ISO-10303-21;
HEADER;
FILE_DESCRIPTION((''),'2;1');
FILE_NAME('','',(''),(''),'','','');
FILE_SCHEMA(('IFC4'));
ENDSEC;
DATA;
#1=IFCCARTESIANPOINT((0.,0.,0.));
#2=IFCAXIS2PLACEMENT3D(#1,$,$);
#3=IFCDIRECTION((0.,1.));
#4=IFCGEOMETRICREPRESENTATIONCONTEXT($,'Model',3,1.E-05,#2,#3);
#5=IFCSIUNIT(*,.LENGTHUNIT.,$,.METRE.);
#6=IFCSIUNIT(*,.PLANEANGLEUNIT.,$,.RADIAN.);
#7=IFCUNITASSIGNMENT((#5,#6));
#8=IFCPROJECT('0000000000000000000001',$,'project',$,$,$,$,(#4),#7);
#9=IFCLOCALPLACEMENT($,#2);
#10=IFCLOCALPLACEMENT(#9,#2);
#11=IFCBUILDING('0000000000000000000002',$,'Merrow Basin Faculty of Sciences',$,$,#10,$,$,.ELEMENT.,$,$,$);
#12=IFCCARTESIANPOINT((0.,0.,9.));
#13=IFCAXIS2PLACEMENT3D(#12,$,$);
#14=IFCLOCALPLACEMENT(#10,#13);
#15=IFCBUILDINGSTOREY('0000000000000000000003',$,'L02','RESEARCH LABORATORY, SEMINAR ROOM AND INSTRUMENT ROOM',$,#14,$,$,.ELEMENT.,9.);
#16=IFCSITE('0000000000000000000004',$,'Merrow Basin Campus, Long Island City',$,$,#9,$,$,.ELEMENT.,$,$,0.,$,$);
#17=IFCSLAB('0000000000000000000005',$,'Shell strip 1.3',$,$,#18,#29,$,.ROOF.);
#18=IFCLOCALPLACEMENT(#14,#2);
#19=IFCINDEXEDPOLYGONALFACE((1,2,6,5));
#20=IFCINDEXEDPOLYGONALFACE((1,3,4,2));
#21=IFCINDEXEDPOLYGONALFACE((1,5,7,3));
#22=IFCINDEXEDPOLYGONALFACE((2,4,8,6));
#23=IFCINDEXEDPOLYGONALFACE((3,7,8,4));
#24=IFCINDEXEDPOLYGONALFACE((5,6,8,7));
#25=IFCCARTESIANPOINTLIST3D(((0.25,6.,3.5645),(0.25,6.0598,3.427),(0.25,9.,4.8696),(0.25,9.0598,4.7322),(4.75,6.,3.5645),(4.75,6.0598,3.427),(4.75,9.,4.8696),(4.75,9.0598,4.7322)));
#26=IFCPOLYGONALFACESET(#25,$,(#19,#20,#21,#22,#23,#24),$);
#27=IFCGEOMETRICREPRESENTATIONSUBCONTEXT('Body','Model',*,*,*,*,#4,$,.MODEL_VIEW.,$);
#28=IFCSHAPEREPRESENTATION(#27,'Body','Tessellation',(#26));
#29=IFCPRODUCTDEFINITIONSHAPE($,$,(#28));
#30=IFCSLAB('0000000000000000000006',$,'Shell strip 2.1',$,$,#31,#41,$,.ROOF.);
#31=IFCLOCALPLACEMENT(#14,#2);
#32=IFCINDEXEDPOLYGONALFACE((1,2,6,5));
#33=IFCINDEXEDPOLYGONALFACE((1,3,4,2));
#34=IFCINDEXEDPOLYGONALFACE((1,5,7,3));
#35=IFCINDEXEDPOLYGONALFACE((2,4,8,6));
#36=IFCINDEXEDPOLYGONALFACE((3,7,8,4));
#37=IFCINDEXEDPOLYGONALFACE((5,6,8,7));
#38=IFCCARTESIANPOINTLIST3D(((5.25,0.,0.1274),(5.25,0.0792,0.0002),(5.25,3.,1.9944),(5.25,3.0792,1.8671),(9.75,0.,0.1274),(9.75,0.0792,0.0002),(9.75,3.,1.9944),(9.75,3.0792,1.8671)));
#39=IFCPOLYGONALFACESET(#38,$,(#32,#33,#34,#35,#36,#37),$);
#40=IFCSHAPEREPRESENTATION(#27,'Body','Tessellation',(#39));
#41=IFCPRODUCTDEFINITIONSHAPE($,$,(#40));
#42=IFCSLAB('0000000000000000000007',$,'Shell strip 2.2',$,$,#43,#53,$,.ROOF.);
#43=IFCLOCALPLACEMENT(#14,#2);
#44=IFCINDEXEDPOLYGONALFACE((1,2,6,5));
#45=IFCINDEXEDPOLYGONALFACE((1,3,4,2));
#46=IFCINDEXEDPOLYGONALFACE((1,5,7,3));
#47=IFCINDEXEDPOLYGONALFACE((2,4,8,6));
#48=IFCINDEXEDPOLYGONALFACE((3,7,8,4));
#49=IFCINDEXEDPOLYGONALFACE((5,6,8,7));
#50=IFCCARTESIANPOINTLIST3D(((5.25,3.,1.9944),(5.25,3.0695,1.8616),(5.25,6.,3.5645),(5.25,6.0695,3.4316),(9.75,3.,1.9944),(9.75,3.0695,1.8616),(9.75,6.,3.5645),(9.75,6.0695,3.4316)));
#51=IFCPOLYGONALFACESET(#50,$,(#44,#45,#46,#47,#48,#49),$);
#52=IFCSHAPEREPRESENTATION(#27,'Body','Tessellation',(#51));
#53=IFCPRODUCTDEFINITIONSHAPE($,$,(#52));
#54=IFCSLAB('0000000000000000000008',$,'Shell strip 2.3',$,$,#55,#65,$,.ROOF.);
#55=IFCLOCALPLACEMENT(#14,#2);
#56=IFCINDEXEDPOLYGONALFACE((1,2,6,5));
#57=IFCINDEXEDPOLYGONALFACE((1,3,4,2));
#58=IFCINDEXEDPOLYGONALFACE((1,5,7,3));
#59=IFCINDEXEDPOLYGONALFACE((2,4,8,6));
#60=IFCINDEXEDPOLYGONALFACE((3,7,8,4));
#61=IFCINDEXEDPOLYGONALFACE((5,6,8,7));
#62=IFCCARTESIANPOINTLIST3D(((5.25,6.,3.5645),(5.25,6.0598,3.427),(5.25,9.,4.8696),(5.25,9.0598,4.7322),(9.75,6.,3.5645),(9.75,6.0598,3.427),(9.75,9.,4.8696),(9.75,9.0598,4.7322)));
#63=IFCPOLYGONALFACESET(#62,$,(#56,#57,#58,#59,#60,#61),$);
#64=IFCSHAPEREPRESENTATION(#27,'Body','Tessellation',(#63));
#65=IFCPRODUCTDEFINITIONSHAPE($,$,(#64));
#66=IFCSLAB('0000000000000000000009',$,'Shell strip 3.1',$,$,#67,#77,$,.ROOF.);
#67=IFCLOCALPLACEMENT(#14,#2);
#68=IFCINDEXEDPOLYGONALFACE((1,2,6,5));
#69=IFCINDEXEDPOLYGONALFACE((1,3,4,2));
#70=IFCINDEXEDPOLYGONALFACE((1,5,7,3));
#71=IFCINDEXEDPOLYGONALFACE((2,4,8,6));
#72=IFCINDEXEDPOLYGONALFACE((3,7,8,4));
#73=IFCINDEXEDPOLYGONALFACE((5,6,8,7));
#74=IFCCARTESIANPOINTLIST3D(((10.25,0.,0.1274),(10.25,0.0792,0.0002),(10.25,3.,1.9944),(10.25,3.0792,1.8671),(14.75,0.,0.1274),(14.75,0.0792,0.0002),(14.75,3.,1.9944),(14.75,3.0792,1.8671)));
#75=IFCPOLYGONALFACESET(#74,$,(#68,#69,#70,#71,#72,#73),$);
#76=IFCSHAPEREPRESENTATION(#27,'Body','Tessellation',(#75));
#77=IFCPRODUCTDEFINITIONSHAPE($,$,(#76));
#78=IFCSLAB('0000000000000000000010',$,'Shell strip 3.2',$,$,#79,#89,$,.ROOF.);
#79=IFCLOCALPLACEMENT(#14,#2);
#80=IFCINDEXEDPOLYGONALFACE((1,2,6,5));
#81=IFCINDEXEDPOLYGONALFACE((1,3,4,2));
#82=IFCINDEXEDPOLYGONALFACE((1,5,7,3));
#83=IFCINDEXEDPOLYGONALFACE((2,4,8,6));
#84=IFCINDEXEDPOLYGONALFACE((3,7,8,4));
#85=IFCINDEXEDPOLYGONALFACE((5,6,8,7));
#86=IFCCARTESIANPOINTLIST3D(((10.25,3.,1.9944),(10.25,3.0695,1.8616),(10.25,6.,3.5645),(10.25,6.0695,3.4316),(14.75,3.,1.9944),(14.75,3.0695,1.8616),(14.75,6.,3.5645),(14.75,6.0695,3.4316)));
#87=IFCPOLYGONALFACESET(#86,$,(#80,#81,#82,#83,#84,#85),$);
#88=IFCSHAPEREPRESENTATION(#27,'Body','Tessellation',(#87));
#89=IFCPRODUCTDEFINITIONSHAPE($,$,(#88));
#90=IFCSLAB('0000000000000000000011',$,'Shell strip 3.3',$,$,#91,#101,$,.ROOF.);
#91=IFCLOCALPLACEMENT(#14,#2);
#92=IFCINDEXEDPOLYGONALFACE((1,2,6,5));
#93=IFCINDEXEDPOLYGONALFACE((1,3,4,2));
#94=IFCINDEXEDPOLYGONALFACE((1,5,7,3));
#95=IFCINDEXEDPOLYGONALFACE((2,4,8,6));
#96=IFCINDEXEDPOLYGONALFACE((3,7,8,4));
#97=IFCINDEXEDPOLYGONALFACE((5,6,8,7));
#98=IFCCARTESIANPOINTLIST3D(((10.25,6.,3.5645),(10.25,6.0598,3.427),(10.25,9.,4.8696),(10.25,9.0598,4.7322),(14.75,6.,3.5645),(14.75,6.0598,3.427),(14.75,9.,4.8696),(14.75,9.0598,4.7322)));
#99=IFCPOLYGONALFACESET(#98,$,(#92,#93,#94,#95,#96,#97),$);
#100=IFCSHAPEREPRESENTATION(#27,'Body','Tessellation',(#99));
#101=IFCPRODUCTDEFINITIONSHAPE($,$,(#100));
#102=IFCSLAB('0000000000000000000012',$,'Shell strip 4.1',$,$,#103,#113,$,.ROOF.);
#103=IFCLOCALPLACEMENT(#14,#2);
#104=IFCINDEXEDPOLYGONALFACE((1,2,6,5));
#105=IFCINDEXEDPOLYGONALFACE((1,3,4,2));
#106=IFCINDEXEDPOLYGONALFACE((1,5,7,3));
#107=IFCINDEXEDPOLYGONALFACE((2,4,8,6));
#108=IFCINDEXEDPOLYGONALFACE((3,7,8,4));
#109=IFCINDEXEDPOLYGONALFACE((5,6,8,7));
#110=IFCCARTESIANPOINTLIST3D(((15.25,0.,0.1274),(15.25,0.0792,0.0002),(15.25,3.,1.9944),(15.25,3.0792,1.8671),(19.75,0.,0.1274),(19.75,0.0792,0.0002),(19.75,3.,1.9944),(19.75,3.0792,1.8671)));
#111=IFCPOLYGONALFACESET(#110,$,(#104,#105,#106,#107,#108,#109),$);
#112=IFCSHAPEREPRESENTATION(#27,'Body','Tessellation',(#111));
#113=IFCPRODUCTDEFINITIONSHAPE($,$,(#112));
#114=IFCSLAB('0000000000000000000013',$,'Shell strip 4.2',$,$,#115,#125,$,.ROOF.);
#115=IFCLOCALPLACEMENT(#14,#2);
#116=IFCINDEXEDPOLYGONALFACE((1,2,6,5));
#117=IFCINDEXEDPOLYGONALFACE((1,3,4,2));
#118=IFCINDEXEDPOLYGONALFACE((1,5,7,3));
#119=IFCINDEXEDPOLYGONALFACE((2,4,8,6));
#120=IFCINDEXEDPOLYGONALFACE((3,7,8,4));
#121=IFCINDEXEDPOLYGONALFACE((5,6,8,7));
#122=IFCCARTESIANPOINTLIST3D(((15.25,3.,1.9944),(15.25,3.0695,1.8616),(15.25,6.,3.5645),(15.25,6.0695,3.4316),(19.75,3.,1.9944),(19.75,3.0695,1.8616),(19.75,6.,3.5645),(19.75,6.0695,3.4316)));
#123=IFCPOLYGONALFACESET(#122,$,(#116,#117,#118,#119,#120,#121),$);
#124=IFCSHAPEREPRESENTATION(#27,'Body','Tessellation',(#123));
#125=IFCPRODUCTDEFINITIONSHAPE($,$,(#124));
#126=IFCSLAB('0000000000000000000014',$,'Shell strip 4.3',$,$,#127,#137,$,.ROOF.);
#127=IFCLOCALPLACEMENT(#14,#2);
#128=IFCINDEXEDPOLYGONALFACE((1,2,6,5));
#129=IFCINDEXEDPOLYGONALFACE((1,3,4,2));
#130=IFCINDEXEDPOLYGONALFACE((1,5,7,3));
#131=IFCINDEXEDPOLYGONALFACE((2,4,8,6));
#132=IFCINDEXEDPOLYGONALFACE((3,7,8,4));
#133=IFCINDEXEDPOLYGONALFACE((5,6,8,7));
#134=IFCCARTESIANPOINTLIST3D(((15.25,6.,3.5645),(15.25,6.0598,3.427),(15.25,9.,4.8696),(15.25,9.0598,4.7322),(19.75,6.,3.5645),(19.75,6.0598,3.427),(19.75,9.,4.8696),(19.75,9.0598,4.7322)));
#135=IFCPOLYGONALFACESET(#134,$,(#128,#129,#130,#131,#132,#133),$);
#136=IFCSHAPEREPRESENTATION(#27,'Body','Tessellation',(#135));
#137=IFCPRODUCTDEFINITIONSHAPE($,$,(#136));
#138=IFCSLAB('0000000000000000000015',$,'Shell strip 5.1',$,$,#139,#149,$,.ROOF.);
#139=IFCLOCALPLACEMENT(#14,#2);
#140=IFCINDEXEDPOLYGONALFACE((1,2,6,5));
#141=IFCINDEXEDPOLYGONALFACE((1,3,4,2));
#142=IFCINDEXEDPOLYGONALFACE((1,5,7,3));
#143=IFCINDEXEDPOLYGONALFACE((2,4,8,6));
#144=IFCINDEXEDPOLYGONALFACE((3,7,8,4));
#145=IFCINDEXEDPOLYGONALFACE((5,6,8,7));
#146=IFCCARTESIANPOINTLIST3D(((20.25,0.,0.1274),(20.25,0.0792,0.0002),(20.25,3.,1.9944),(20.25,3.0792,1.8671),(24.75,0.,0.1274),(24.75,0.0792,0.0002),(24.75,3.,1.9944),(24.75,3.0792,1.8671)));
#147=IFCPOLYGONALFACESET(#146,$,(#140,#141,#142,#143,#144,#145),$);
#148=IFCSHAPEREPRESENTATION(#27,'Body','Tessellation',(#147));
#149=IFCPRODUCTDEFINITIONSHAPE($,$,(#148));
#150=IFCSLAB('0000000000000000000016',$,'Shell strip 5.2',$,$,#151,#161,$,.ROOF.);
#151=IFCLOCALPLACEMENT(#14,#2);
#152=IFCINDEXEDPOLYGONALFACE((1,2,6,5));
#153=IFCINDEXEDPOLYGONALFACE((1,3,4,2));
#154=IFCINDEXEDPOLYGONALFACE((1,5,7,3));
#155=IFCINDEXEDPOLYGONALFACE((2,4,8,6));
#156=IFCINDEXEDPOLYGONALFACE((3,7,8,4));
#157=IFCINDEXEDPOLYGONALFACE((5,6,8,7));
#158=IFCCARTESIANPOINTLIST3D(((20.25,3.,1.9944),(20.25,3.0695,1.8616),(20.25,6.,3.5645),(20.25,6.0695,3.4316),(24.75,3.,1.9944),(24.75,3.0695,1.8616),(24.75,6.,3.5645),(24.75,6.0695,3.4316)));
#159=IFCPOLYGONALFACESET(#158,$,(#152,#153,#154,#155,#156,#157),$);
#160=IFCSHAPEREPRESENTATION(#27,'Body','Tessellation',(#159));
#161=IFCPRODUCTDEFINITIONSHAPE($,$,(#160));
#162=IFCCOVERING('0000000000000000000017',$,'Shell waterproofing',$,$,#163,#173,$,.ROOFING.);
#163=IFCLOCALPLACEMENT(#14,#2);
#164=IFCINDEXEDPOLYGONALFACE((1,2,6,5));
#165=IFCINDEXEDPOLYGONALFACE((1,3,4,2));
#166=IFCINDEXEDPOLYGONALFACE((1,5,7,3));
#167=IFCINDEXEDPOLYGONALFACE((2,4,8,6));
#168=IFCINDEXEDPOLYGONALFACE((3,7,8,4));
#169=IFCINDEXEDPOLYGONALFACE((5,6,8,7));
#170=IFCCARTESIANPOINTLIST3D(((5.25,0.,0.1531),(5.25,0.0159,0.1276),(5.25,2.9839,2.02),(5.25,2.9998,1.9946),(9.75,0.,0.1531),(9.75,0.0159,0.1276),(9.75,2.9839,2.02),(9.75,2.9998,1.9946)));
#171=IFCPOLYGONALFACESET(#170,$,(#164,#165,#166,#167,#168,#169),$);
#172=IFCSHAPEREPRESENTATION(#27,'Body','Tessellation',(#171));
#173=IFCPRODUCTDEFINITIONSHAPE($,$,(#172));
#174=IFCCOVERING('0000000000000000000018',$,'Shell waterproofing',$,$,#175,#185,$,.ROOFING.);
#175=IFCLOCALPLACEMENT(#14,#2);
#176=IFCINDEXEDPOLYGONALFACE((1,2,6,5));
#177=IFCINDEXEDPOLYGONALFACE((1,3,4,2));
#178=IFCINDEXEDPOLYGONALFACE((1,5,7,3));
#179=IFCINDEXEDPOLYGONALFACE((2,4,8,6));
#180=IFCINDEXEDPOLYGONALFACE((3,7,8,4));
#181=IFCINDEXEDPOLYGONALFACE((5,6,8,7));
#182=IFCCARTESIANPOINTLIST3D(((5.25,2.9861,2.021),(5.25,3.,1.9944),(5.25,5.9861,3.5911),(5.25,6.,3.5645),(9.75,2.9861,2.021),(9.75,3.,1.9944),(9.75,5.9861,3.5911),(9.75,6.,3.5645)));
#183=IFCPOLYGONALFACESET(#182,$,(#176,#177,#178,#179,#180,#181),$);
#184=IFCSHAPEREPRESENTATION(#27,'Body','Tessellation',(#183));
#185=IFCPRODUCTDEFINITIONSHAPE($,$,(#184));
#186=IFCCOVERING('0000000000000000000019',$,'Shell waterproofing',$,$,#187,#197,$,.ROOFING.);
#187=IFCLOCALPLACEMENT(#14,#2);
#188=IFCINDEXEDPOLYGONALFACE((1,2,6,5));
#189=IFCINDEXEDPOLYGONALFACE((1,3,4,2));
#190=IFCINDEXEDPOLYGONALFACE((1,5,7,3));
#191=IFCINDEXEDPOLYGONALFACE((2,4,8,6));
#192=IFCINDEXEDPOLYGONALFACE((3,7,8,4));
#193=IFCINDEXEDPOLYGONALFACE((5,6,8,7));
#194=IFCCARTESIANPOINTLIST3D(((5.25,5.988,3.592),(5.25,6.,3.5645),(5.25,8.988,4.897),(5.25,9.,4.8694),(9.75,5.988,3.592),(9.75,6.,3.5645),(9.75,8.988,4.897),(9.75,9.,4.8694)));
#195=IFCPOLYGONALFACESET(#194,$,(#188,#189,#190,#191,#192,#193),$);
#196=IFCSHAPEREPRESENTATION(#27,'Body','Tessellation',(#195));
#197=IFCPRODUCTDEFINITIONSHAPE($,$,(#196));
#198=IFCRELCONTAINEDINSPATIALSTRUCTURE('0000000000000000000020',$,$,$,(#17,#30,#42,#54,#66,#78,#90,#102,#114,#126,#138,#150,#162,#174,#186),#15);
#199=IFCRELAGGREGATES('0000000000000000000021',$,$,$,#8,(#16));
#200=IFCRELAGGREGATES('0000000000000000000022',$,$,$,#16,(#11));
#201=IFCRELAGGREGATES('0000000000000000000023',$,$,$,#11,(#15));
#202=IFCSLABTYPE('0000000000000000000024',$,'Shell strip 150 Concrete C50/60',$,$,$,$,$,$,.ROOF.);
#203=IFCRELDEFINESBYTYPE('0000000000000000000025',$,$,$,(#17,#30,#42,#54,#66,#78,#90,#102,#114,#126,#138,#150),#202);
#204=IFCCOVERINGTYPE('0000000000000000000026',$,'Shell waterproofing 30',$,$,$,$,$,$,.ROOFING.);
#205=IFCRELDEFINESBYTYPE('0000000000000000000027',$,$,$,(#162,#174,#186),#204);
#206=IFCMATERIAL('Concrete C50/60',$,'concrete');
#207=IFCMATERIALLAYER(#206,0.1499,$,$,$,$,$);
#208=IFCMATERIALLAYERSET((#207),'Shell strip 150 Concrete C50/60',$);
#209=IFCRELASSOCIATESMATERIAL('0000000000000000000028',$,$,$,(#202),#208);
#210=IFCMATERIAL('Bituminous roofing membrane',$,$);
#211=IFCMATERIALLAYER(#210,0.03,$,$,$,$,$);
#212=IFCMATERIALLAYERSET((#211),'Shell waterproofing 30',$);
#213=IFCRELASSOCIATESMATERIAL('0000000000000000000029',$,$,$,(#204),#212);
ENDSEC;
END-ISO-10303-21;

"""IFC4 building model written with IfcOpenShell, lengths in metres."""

from ifc_helpers import new_model, si_unit, direction, frame, origin, place, context, subcontext, project, spatial, polyline, outline, extrude, material, layer, layer_set, type_object, element, save


model = new_model("IFC4")

# Units and contexts
model_context = context("Model", 3, precision=1e-05, world=origin(), true_north=direction((0.0, 1.0)))
body_context = subcontext(model_context, "Body", "Model", "MODEL_VIEW")
ifc_project = project(units=[si_unit("LENGTHUNIT", "METRE"), si_unit("PLANEANGLEUNIT", "RADIAN")], contexts=[model_context])

# Site, building, storey
site_placement = place(None, origin())
site = spatial("IfcSite", under=ifc_project, at=site_placement, Name="Merrow Basin Campus, Long Island City", CompositionType="ELEMENT", RefElevation=0.0)
building_placement = place(site_placement, origin())
building = spatial("IfcBuilding", under=site, at=building_placement, Name="Merrow Basin Faculty of Sciences", CompositionType="ELEMENT")
storey_placement = place(building_placement, frame((0.0, 0.0, 9.0)))
storey = spatial("IfcBuildingStorey", under=building, at=storey_placement, Name="L02", Description="RESEARCH LABORATORY, SEMINAR ROOM AND INSTRUMENT ROOM", CompositionType="ELEMENT", Elevation=9.0)

# Slabs
ifc_material_1 = material(Name="Concrete C50/60", Category="concrete")
ifc_layer_1 = layer(ifc_material_1, 0.1499)
ifc_layer_set_1 = layer_set([ifc_layer_1], Name="Shell strip 150 Concrete C50/60")
slab_type = type_object("IfcSlabType", Name="Shell strip 150 Concrete C50/60", PredefinedType="ROOF", material=ifc_layer_set_1)
slab_1_placement = place(storey_placement, frame((0.25, 6.0, 3.5645), z_axis=(0.0, -0.398939, 0.916977), x_axis=(1.0, 0.0, 0.0)))
element("IfcSlab", 1, at=slab_1_placement, inside=storey, type_object=slab_type, Name="Shell strip 1.3", PredefinedType="ROOF", context=body_context, shape_type="SweptSolid", body=[
    extrude(outline(polyline([(0.0, 0.0), (4.5, 0.0), (4.5, 3.2716), (0.0, 3.2716), (0.0, 0.0)])), origin(), (0.0, 0.0, -1.0), 0.1499),
])
slab_2_placement = place(storey_placement, frame((5.25, 0.0, 0.1274), z_axis=(0.0, -0.528358, 0.849021), x_axis=(1.0, 0.0, 0.0)))
element("IfcSlab", 2, at=slab_2_placement, inside=storey, type_object=slab_type, Name="Shell strip 2.1", PredefinedType="ROOF", context=body_context, shape_type="SweptSolid", body=[
    extrude(outline(polyline([(0.0, 0.0), (4.5, 0.0), (4.5, 3.5335), (0.0, 3.5335), (0.0, 0.0)])), origin(), (0.0, 0.0, -1.0), 0.1499),
])
slab_3_placement = place(storey_placement, frame((5.25, 3.0, 1.9944), z_axis=(0.0, -0.463692, 0.885997), x_axis=(1.0, 0.0, 0.0)))
element("IfcSlab", 3, at=slab_3_placement, inside=storey, type_object=slab_type, Name="Shell strip 2.2", PredefinedType="ROOF", context=body_context, shape_type="SweptSolid", body=[
    extrude(outline(polyline([(0.0, 0.0), (4.5, 0.0), (4.5, 3.386), (0.0, 3.386), (0.0, 0.0)])), origin(), (0.0, 0.0, -1.0), 0.1499),
])
slab_4_placement = place(storey_placement, frame((5.25, 6.0, 3.5645), z_axis=(0.0, -0.398939, 0.916977), x_axis=(1.0, 0.0, 0.0)))
element("IfcSlab", 4, at=slab_4_placement, inside=storey, type_object=slab_type, Name="Shell strip 2.3", PredefinedType="ROOF", context=body_context, shape_type="SweptSolid", body=[
    extrude(outline(polyline([(0.0, 0.0), (4.5, 0.0), (4.5, 3.2716), (0.0, 3.2716), (0.0, 0.0)])), origin(), (0.0, 0.0, -1.0), 0.1499),
])
slab_5_placement = place(storey_placement, frame((10.25, 0.0, 0.1274), z_axis=(0.0, -0.528358, 0.849021), x_axis=(1.0, 0.0, 0.0)))
element("IfcSlab", 5, at=slab_5_placement, inside=storey, type_object=slab_type, Name="Shell strip 3.1", PredefinedType="ROOF", context=body_context, shape_type="SweptSolid", body=[
    extrude(outline(polyline([(0.0, 0.0), (4.5, 0.0), (4.5, 3.5335), (0.0, 3.5335), (0.0, 0.0)])), origin(), (0.0, 0.0, -1.0), 0.1499),
])
slab_6_placement = place(storey_placement, frame((10.25, 3.0, 1.9944), z_axis=(0.0, -0.463692, 0.885997), x_axis=(1.0, 0.0, 0.0)))
element("IfcSlab", 6, at=slab_6_placement, inside=storey, type_object=slab_type, Name="Shell strip 3.2", PredefinedType="ROOF", context=body_context, shape_type="SweptSolid", body=[
    extrude(outline(polyline([(0.0, 0.0), (4.5, 0.0), (4.5, 3.386), (0.0, 3.386), (0.0, 0.0)])), origin(), (0.0, 0.0, -1.0), 0.1499),
])
slab_7_placement = place(storey_placement, frame((10.25, 6.0, 3.5645), z_axis=(0.0, -0.398939, 0.916977), x_axis=(1.0, 0.0, 0.0)))
element("IfcSlab", 7, at=slab_7_placement, inside=storey, type_object=slab_type, Name="Shell strip 3.3", PredefinedType="ROOF", context=body_context, shape_type="SweptSolid", body=[
    extrude(outline(polyline([(0.0, 0.0), (4.5, 0.0), (4.5, 3.2716), (0.0, 3.2716), (0.0, 0.0)])), origin(), (0.0, 0.0, -1.0), 0.1499),
])
slab_8_placement = place(storey_placement, frame((15.25, 0.0, 0.1274), z_axis=(0.0, -0.528358, 0.849021), x_axis=(1.0, 0.0, 0.0)))
element("IfcSlab", 8, at=slab_8_placement, inside=storey, type_object=slab_type, Name="Shell strip 4.1", PredefinedType="ROOF", context=body_context, shape_type="SweptSolid", body=[
    extrude(outline(polyline([(0.0, 0.0), (4.5, 0.0), (4.5, 3.5335), (0.0, 3.5335), (0.0, 0.0)])), origin(), (0.0, 0.0, -1.0), 0.1499),
])
slab_9_placement = place(storey_placement, frame((15.25, 3.0, 1.9944), z_axis=(0.0, -0.463692, 0.885997), x_axis=(1.0, 0.0, 0.0)))
element("IfcSlab", 9, at=slab_9_placement, inside=storey, type_object=slab_type, Name="Shell strip 4.2", PredefinedType="ROOF", context=body_context, shape_type="SweptSolid", body=[
    extrude(outline(polyline([(0.0, 0.0), (4.5, 0.0), (4.5, 3.386), (0.0, 3.386), (0.0, 0.0)])), origin(), (0.0, 0.0, -1.0), 0.1499),
])
slab_10_placement = place(storey_placement, frame((15.25, 6.0, 3.5645), z_axis=(0.0, -0.398939, 0.916977), x_axis=(1.0, 0.0, 0.0)))
element("IfcSlab", 10, at=slab_10_placement, inside=storey, type_object=slab_type, Name="Shell strip 4.3", PredefinedType="ROOF", context=body_context, shape_type="SweptSolid", body=[
    extrude(outline(polyline([(0.0, 0.0), (4.5, 0.0), (4.5, 3.2716), (0.0, 3.2716), (0.0, 0.0)])), origin(), (0.0, 0.0, -1.0), 0.1499),
])
slab_11_placement = place(storey_placement, frame((20.25, 0.0, 0.1274), z_axis=(0.0, -0.528358, 0.849021), x_axis=(1.0, 0.0, 0.0)))
element("IfcSlab", 11, at=slab_11_placement, inside=storey, type_object=slab_type, Name="Shell strip 5.1", PredefinedType="ROOF", context=body_context, shape_type="SweptSolid", body=[
    extrude(outline(polyline([(0.0, 0.0), (4.5, 0.0), (4.5, 3.5335), (0.0, 3.5335), (0.0, 0.0)])), origin(), (0.0, 0.0, -1.0), 0.1499),
])
slab_12_placement = place(storey_placement, frame((20.25, 3.0, 1.9944), z_axis=(0.0, -0.463692, 0.885997), x_axis=(1.0, 0.0, 0.0)))
element("IfcSlab", 12, at=slab_12_placement, inside=storey, type_object=slab_type, Name="Shell strip 5.2", PredefinedType="ROOF", context=body_context, shape_type="SweptSolid", body=[
    extrude(outline(polyline([(0.0, 0.0), (4.5, 0.0), (4.5, 3.386), (0.0, 3.386), (0.0, 0.0)])), origin(), (0.0, 0.0, -1.0), 0.1499),
])

# Coverings
ifc_material_2 = material(Name="Bituminous roofing membrane")
ifc_layer_2 = layer(ifc_material_2, 0.03)
ifc_layer_set_2 = layer_set([ifc_layer_2], Name="Shell waterproofing 30")
covering_type = type_object("IfcCoveringType", Name="Shell waterproofing 30", PredefinedType="ROOFING", material=ifc_layer_set_2)
covering_1_placement = place(storey_placement, frame((5.25, 0.0, 0.1531), z_axis=(0.0, -0.53041, 0.847741), x_axis=(1.0, 0.0, 0.0)))
element("IfcCovering", 13, at=covering_1_placement, inside=storey, type_object=covering_type, Name="Shell waterproofing", PredefinedType="ROOFING", context=body_context, shape_type="SweptSolid", body=[
    extrude(outline(polyline([(0.0, 0.0), (4.5, 0.0), (4.5, 3.5198), (0.0, 3.5198), (0.0, 0.0)])), origin(), (0.0, 0.0, -1.0), 0.03),
])
covering_2_placement = place(storey_placement, frame((5.25, 2.9861, 2.021), z_axis=(0.0, -0.463692, 0.885997), x_axis=(1.0, 0.0, 0.0)))
element("IfcCovering", 14, at=covering_2_placement, inside=storey, type_object=covering_type, Name="Shell waterproofing", PredefinedType="ROOFING", context=body_context, shape_type="SweptSolid", body=[
    extrude(outline(polyline([(0.0, 0.0), (4.5, 0.0), (4.5, 3.386), (0.0, 3.386), (0.0, 0.0)])), origin(), (0.0, 0.0, -1.0), 0.03),
])
covering_3_placement = place(storey_placement, frame((5.25, 5.988, 3.592), z_axis=(0.0, -0.398876, 0.917005), x_axis=(1.0, 0.0, 0.0)))
element("IfcCovering", 15, at=covering_3_placement, inside=storey, type_object=covering_type, Name="Shell waterproofing", PredefinedType="ROOFING", context=body_context, shape_type="SweptSolid", body=[
    extrude(outline(polyline([(0.0, 0.0), (4.5, 0.0), (4.5, 3.2715), (0.0, 3.2715), (0.0, 0.0)])), origin(), (0.0, 0.0, -1.0), 0.03),
])

save(model, "model.ifc")
